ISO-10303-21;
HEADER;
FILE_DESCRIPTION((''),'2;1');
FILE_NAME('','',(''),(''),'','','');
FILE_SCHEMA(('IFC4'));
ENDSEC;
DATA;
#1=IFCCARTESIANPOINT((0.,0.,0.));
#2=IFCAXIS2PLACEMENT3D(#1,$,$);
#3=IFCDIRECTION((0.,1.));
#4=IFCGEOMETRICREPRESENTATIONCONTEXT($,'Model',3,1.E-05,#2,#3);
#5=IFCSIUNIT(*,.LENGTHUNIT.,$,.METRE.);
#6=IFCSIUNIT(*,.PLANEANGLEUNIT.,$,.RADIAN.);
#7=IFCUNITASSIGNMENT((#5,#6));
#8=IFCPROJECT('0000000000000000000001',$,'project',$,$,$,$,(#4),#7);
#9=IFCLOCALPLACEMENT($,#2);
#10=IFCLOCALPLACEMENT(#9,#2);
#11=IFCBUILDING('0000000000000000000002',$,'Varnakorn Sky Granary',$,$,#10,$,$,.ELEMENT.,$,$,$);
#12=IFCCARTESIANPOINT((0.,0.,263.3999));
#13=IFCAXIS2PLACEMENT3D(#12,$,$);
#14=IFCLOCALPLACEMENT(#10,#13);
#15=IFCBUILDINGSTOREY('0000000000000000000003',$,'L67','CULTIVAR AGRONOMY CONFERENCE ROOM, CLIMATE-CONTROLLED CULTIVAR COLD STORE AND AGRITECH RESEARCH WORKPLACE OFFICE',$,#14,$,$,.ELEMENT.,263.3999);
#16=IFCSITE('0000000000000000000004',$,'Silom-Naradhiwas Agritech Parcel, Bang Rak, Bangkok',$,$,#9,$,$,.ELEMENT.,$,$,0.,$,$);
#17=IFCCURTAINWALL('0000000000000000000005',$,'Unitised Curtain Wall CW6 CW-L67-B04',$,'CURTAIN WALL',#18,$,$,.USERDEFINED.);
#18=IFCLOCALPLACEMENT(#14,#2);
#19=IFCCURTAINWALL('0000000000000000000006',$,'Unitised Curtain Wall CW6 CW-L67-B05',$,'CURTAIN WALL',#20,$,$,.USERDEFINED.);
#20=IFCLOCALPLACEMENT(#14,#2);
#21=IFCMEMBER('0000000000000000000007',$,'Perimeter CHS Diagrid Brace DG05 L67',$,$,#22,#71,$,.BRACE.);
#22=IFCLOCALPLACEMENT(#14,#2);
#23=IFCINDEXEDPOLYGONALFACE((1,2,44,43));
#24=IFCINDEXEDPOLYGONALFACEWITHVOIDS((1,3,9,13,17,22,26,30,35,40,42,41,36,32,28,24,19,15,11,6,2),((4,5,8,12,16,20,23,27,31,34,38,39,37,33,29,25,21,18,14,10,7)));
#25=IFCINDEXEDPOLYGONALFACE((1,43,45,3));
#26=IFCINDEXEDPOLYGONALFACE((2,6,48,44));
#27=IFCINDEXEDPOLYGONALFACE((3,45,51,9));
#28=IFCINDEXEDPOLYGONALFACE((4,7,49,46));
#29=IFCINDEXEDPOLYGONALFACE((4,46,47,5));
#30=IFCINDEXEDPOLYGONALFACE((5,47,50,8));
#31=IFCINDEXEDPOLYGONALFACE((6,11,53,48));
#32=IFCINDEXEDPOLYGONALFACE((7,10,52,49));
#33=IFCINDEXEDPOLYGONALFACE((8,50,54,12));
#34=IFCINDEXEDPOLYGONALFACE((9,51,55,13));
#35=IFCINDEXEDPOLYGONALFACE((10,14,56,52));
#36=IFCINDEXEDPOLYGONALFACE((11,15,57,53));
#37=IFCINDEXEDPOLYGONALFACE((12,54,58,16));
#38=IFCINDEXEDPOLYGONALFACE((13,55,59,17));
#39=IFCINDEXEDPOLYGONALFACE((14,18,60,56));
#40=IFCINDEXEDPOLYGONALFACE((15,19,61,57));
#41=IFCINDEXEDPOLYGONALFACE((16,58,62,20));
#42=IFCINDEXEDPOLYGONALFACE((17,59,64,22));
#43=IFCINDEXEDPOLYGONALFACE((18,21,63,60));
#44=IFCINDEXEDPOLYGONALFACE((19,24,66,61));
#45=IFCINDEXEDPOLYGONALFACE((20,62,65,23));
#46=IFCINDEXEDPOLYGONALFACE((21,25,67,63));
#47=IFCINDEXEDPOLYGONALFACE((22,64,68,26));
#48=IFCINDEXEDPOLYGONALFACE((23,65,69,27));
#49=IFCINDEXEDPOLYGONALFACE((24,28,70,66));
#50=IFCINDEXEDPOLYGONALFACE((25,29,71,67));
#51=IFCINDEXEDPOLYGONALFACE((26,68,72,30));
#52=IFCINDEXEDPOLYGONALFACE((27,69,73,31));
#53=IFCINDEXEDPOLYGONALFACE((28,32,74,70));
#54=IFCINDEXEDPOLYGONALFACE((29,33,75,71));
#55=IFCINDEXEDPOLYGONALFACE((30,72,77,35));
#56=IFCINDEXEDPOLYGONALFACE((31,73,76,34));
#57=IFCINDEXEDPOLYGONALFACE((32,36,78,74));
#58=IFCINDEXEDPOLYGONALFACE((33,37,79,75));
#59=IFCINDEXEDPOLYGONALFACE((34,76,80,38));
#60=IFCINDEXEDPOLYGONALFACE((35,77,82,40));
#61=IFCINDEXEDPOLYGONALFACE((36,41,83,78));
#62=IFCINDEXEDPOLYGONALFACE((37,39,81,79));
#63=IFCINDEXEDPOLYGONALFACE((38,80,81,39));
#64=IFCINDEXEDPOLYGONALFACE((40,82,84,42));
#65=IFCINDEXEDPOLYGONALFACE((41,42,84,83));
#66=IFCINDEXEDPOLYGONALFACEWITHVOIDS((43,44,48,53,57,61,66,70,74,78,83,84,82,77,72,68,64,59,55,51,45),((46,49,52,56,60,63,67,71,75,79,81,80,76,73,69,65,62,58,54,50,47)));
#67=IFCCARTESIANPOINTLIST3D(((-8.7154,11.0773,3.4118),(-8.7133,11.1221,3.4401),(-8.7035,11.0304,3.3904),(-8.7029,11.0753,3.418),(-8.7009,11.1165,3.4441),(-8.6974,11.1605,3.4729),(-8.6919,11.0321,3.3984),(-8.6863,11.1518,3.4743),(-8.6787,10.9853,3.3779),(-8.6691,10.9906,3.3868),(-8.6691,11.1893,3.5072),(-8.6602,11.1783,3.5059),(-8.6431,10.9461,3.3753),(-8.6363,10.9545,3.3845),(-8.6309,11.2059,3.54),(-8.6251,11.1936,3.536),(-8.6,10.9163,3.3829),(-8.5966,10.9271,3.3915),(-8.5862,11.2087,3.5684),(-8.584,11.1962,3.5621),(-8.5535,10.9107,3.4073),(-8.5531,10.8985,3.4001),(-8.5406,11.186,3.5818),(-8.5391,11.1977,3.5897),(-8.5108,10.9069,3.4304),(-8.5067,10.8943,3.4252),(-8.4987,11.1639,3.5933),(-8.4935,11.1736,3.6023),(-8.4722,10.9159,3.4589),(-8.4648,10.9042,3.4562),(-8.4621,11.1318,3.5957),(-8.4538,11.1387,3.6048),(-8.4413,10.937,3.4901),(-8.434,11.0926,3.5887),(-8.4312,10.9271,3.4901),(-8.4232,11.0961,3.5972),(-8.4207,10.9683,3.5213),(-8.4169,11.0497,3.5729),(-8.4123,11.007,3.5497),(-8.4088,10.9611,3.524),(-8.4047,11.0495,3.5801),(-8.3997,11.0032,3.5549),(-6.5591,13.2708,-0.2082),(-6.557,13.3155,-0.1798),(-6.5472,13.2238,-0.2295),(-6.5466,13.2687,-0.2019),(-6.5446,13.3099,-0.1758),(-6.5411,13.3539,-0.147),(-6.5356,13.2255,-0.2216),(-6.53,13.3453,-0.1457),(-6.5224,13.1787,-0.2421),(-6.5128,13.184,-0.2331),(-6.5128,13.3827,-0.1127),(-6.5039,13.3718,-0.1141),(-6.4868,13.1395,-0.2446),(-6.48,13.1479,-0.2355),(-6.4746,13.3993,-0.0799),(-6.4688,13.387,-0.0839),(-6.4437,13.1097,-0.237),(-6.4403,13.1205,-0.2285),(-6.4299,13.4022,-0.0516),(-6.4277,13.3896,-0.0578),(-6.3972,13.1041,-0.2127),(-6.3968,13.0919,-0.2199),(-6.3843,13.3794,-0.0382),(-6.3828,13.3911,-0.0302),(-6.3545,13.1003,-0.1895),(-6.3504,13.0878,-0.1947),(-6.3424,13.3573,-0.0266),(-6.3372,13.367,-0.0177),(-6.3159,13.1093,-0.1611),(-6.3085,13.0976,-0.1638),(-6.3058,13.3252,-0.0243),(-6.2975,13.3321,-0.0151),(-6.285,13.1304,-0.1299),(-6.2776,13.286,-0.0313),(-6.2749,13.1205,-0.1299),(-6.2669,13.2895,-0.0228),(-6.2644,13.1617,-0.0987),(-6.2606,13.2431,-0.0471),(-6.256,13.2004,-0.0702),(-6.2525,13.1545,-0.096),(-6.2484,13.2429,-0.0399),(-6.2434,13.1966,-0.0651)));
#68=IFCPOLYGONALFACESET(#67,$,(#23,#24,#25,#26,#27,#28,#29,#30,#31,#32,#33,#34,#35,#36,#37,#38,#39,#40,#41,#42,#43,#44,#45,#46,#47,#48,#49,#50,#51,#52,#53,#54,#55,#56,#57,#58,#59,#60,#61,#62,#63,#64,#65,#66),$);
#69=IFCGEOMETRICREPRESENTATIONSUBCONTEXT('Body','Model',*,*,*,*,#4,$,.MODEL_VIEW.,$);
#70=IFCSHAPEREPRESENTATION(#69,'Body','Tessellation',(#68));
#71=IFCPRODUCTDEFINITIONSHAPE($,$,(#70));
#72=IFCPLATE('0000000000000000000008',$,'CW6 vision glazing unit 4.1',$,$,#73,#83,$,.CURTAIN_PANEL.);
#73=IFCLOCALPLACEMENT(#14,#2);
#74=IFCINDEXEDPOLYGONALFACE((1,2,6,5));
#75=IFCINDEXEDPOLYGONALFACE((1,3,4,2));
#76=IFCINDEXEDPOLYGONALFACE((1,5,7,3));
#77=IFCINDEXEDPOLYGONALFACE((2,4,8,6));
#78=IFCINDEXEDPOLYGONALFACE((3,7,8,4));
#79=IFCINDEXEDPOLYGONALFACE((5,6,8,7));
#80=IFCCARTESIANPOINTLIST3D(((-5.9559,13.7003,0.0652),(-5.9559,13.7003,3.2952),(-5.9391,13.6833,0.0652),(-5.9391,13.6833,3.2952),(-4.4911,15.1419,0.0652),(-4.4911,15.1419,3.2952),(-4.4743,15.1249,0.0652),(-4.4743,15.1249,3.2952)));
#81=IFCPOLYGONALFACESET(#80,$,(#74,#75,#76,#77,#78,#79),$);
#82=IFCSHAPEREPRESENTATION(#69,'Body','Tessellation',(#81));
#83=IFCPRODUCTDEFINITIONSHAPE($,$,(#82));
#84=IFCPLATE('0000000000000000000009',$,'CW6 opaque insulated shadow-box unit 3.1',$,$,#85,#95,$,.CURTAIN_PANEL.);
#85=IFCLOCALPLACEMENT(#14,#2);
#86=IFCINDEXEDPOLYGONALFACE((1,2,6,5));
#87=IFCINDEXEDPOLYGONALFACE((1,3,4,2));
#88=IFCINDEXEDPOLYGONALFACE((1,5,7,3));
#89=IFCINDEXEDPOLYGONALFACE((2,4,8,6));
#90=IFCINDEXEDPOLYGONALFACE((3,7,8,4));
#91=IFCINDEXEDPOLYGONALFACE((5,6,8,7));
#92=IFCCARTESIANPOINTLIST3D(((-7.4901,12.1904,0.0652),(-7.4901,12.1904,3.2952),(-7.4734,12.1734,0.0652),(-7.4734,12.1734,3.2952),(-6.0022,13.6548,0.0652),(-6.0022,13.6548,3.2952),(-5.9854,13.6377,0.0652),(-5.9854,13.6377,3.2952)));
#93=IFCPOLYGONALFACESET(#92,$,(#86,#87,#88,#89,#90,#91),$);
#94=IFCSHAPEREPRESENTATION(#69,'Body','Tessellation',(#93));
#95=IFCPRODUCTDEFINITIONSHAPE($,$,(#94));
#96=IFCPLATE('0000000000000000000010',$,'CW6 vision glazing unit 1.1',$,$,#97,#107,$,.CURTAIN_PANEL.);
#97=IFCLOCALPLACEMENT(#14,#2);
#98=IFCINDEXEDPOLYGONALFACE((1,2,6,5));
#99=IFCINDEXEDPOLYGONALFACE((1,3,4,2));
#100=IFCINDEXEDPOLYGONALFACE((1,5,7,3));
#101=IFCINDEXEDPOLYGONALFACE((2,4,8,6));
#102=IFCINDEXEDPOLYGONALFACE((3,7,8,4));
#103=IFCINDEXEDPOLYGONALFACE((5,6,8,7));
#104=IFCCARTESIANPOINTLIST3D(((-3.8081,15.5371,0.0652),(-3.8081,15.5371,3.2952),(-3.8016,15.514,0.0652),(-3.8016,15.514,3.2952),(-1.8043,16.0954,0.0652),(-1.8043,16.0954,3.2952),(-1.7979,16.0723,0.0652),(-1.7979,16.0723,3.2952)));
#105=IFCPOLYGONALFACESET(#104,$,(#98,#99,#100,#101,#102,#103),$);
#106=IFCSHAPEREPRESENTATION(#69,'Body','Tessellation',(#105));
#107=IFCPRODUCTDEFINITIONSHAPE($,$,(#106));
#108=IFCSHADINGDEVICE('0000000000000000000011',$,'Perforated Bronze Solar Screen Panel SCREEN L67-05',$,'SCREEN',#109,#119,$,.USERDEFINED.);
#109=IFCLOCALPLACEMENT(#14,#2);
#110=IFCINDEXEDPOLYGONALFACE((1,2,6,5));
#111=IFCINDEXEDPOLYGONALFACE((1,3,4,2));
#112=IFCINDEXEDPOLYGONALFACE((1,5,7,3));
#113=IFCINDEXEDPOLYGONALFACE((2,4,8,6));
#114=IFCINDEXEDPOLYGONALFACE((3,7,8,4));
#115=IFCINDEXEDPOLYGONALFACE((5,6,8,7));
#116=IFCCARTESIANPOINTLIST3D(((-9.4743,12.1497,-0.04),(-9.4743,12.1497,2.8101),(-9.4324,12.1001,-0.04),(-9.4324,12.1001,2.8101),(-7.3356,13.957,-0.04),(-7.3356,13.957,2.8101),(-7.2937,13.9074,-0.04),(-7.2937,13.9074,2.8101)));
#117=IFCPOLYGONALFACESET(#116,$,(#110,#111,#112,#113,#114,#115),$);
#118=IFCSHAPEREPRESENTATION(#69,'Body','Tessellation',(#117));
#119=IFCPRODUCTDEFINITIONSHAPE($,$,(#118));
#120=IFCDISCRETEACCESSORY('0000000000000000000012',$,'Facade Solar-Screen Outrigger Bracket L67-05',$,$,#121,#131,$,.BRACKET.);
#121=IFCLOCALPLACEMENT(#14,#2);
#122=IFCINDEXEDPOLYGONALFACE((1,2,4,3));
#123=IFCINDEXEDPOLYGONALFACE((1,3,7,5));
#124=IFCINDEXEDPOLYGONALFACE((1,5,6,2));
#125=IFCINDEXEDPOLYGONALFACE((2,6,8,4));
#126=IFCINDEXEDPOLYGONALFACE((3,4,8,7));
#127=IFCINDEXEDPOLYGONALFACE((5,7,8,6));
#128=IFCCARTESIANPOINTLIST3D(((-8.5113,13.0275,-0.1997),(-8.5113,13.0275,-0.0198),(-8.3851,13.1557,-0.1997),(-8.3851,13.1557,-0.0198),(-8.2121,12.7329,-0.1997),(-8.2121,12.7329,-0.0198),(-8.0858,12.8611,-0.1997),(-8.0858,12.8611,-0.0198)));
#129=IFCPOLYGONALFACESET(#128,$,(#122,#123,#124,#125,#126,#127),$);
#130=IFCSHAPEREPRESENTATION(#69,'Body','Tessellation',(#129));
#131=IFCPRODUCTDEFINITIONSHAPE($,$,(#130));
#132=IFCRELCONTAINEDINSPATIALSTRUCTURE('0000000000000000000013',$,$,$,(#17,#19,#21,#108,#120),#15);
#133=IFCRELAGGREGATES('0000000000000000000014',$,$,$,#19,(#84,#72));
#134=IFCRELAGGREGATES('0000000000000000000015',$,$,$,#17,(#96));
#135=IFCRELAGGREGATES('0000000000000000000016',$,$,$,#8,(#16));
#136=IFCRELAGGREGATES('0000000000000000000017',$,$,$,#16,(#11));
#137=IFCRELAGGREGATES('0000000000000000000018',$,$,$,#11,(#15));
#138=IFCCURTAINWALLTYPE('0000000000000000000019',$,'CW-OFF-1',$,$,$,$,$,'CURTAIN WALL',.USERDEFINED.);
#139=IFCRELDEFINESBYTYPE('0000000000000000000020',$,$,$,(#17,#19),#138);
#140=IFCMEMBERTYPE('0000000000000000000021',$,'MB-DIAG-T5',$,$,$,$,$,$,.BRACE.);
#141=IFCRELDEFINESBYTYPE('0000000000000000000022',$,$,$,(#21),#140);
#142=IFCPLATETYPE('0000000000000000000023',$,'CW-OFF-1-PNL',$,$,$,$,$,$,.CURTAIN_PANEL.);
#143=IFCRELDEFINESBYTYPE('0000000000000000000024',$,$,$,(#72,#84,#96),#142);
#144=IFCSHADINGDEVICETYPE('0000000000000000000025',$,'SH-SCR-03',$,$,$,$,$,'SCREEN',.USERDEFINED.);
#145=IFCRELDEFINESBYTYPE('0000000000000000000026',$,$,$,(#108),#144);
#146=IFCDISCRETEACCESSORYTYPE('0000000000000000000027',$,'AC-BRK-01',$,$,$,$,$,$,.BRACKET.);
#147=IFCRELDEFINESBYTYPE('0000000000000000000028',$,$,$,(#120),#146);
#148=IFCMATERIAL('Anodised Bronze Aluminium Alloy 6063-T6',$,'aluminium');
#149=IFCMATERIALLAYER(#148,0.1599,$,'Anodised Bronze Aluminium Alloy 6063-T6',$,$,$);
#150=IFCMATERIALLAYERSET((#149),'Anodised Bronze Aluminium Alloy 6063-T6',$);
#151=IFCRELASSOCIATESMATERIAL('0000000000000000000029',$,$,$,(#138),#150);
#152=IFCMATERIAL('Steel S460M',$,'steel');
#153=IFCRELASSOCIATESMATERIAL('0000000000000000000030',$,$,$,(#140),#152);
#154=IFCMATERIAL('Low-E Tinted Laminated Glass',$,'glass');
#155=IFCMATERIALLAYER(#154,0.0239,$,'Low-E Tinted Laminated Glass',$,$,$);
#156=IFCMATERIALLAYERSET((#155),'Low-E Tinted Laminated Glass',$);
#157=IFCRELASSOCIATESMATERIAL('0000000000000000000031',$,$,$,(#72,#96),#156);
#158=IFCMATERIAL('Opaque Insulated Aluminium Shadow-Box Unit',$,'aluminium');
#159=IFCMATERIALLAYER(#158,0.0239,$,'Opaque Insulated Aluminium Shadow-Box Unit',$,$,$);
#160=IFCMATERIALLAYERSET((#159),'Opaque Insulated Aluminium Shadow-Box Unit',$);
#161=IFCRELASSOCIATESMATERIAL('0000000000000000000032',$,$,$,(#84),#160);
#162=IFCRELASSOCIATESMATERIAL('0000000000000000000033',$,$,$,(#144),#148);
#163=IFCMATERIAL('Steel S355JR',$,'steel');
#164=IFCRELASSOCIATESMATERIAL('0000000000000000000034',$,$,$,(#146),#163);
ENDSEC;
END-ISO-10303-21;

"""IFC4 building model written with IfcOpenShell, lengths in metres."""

from ifc_helpers import new_model, si_unit, direction, frame, origin, origin_2d, place, context, subcontext, project, spatial, rectangle, hollow_circle, extrude, source, transform, mapped, material, layer, layer_set, material_profile, profile_set, type_object, type_shapes, element, aggregate, save


model = new_model("IFC4")

# Units and contexts
model_context = context("Model", 3, precision=1e-05, world=origin(), true_north=direction((0.0, 1.0)))
body_context = subcontext(model_context, "Body", "Model", "MODEL_VIEW")
ifc_project = project(units=[si_unit("LENGTHUNIT", "METRE"), si_unit("PLANEANGLEUNIT", "RADIAN")], contexts=[model_context])

# Site, building, storey
site_placement = place(None, origin())
site = spatial("IfcSite", under=ifc_project, at=site_placement, Name="Silom-Naradhiwas Agritech Parcel, Bang Rak, Bangkok", CompositionType="ELEMENT", RefElevation=0.0)
building_placement = place(site_placement, origin())
building = spatial("IfcBuilding", under=site, at=building_placement, Name="Varnakorn Sky Granary", CompositionType="ELEMENT")
storey_placement = place(building_placement, frame((0.0, 0.0, 263.3999)))
storey = spatial("IfcBuildingStorey", under=building, at=storey_placement, Name="L67", Description="CULTIVAR AGRONOMY CONFERENCE ROOM, CLIMATE-CONTROLLED CULTIVAR COLD STORE AND AGRITECH RESEARCH WORKPLACE OFFICE", CompositionType="ELEMENT", Elevation=263.3999)

# Shared definitions
ifc_material_1 = material(Name="Steel S460M", Category="steel")

# Shared definitions
ifc_material_2 = material(Name="Steel S355JR", Category="steel")

# Curtain wall
ifc_material_3 = material(Name="Anodised Bronze Aluminium Alloy 6063-T6", Category="aluminium")
ifc_layer_1 = layer(ifc_material_3, 0.1599, Name="Anodised Bronze Aluminium Alloy 6063-T6")
ifc_layer_set_1 = layer_set([ifc_layer_1], Name="Anodised Bronze Aluminium Alloy 6063-T6")
curtain_wall_type = type_object("IfcCurtainWallType", Name="CW-OFF-1", ElementType="CURTAIN WALL", PredefinedType="USERDEFINED", material=ifc_layer_set_1)
curtain_wall_1_placement = place(storey_placement, origin())
curtain_wall_1 = element("IfcCurtainWall", 1, at=curtain_wall_1_placement, inside=storey, type_object=curtain_wall_type, Name="Unitised Curtain Wall CW6 CW-L67-B04", ObjectType="CURTAIN WALL", PredefinedType="USERDEFINED")

# Curtain wall
curtain_wall_2_placement = place(storey_placement, origin())
curtain_wall_2 = element("IfcCurtainWall", 2, at=curtain_wall_2_placement, inside=storey, type_object=curtain_wall_type, Name="Unitised Curtain Wall CW6 CW-L67-B05", ObjectType="CURTAIN WALL", PredefinedType="USERDEFINED")

# Member
ifc_material_profile_1 = material_profile(ifc_material_1, hollow_circle(Radius=0.1777, WallThickness=0.0142, at=origin_2d()), Name="CHS 355.6x14")
ifc_profile_set_1 = profile_set([ifc_material_profile_1], Name="Steel S460M")
member_type_1 = type_object("IfcMemberType", Name="MB-DIAG-T5", PredefinedType="BRACE", material=ifc_profile_set_1)
member_1_placement = place(storey_placement, frame((-6.4016, 13.2451, -0.1299), z_axis=(-0.453935, -0.461747, 0.762058), x_axis=(0.713114, -0.701048, 0.0)))
element("IfcMember", 3, at=member_1_placement, inside=storey, type_object=member_type_1, Name="Perimeter CHS Diagrid Brace DG05 L67", PredefinedType="BRACE", context=body_context, shape_type="SweptSolid", body=[
    extrude(hollow_circle(Radius=0.1777, WallThickness=0.0142, at=origin_2d()), origin(), (0.0, 0.0, 1.0), 4.7502),
])

# Plates
ifc_material_4 = material(Name="Low-E Tinted Laminated Glass", Category="glass")
ifc_layer_2 = layer(ifc_material_4, 0.0239, Name="Low-E Tinted Laminated Glass")
ifc_layer_set_2 = layer_set([ifc_layer_2], Name="Low-E Tinted Laminated Glass")
plate_type = type_object("IfcPlateType", Name="CW-OFF-1-PNL", PredefinedType="CURTAIN_PANEL")
shared_shape_1 = source(origin(), body_context, "Body", "SweptSolid", [
    extrude(rectangle(XDim=2.0552, YDim=0.0239, at=origin_2d()), origin(), (0.0, 0.0, 1.0), 3.23),
])
plate_1_placement = place(storey_placement, frame((-5.2151, 14.4126, 0.0652), z_axis=(0.0, 0.0, 1.0), x_axis=(0.712728, 0.70144, 0.0)))
plate_1 = element("IfcPlate", 4, at=plate_1_placement, type_object=plate_type, material=ifc_layer_set_2, Name="CW6 vision glazing unit 4.1", PredefinedType="CURTAIN_PANEL", context=body_context, shape_type="MappedRepresentation", body=[
    mapped(shared_shape_1, transform((0.0, 0.0, 0.0), x_axis=(1.0, 0.0, 0.0), y_axis=(0.0, 1.0, 0.0), z_axis=(0.0, 0.0, 1.0), scale=1.0)),
])
ifc_material_5 = material(Name="Opaque Insulated Aluminium Shadow-Box Unit", Category="aluminium")
ifc_layer_3 = layer(ifc_material_5, 0.0239, Name="Opaque Insulated Aluminium Shadow-Box Unit")
ifc_layer_set_3 = layer_set([ifc_layer_3], Name="Opaque Insulated Aluminium Shadow-Box Unit")
shared_shape_2 = source(origin(), body_context, "Body", "SweptSolid", [
    extrude(rectangle(XDim=2.0876, YDim=0.0239, at=origin_2d()), origin(), (0.0, 0.0, 1.0), 3.23),
])
plate_2_placement = place(storey_placement, frame((-6.7378, 12.9141, 0.0652), z_axis=(0.0, 0.0, 1.0), x_axis=(0.712728, 0.70144, 0.0)))
plate_2 = element("IfcPlate", 5, at=plate_2_placement, type_object=plate_type, material=ifc_layer_set_3, Name="CW6 opaque insulated shadow-box unit 3.1", PredefinedType="CURTAIN_PANEL", context=body_context, shape_type="MappedRepresentation", body=[
    mapped(shared_shape_2, transform((0.0, 0.0, 0.0), x_axis=(1.0, 0.0, 0.0), y_axis=(0.0, 1.0, 0.0), z_axis=(0.0, 0.0, 1.0), scale=1.0)),
])
aggregate(curtain_wall_2, [plate_2, plate_1])
shared_shape_3 = source(origin(), body_context, "Body", "SweptSolid", [
    extrude(rectangle(XDim=2.0801, YDim=0.0239, at=origin_2d()), origin(), (0.0, 0.0, 1.0), 3.23),
])
type_shapes(plate_type, [shared_shape_1, shared_shape_2, shared_shape_3])
plate_3_placement = place(storey_placement, frame((-2.803, 15.8047, 0.0652), z_axis=(0.0, 0.0, 1.0), x_axis=(0.963307, 0.268401, 0.0)))
plate_3 = element("IfcPlate", 6, at=plate_3_placement, type_object=plate_type, material=ifc_layer_set_2, Name="CW6 vision glazing unit 1.1", PredefinedType="CURTAIN_PANEL", context=body_context, shape_type="MappedRepresentation", body=[
    mapped(shared_shape_3, transform((0.0, 0.0, 0.0), x_axis=(1.0, 0.0, 0.0), y_axis=(0.0, 1.0, 0.0), z_axis=(0.0, 0.0, 1.0), scale=1.0)),
])
aggregate(curtain_wall_1, [plate_3])

# Shading device
shading_device_type = type_object("IfcShadingDeviceType", Name="SH-SCR-03", ElementType="SCREEN", PredefinedType="USERDEFINED", material=ifc_material_3)
shared_shape_4 = source(origin(), body_context, "Body", "SweptSolid", [
    extrude(rectangle(XDim=2.8, YDim=0.0649, at=origin_2d()), origin(), (0.0, 0.0, 1.0), 2.8501),
])
type_shapes(shading_device_type, [shared_shape_4])
shading_device_placement = place(storey_placement, frame((-8.384, 13.0286, -0.04), z_axis=(0.0, 0.0, 1.0), x_axis=(-0.763814, -0.645437, 0.0)))
element("IfcShadingDevice", 7, at=shading_device_placement, inside=storey, type_object=shading_device_type, Name="Perforated Bronze Solar Screen Panel SCREEN L67-05", ObjectType="SCREEN", PredefinedType="USERDEFINED", context=body_context, shape_type="MappedRepresentation", body=[
    mapped(shared_shape_4, transform((0.0, 0.0, 0.0), x_axis=(1.0, 0.0, 0.0), y_axis=(0.0, 1.0, 0.0), z_axis=(0.0, 0.0, 1.0), scale=1.0)),
])

# Discrete accessory
discrete_accessory_type = type_object("IfcDiscreteAccessoryType", Name="AC-BRK-01", PredefinedType="BRACKET", material=ifc_material_2)
shared_shape_5 = source(origin(), body_context, "Body", "SweptSolid", [
    extrude(rectangle(XDim=0.1799, YDim=0.4199, at=origin_2d()), origin(), (0.0, 0.0, 1.0), 0.1799),
])
type_shapes(discrete_accessory_type, [shared_shape_5])
discrete_accessory_placement = place(storey_placement, frame((-8.2986, 12.9443, -0.1997), z_axis=(0.0, 0.0, 1.0), x_axis=(-0.701551, -0.712619, 0.0)))
element("IfcDiscreteAccessory", 8, at=discrete_accessory_placement, inside=storey, type_object=discrete_accessory_type, Name="Facade Solar-Screen Outrigger Bracket L67-05", PredefinedType="BRACKET", context=body_context, shape_type="MappedRepresentation", body=[
    mapped(shared_shape_5, transform((0.0, 0.0, 0.0), x_axis=(1.0, 0.0, 0.0), y_axis=(0.0, 1.0, 0.0), z_axis=(0.0, 0.0, 1.0), scale=1.0)),
])

save(model, "model.ifc")
